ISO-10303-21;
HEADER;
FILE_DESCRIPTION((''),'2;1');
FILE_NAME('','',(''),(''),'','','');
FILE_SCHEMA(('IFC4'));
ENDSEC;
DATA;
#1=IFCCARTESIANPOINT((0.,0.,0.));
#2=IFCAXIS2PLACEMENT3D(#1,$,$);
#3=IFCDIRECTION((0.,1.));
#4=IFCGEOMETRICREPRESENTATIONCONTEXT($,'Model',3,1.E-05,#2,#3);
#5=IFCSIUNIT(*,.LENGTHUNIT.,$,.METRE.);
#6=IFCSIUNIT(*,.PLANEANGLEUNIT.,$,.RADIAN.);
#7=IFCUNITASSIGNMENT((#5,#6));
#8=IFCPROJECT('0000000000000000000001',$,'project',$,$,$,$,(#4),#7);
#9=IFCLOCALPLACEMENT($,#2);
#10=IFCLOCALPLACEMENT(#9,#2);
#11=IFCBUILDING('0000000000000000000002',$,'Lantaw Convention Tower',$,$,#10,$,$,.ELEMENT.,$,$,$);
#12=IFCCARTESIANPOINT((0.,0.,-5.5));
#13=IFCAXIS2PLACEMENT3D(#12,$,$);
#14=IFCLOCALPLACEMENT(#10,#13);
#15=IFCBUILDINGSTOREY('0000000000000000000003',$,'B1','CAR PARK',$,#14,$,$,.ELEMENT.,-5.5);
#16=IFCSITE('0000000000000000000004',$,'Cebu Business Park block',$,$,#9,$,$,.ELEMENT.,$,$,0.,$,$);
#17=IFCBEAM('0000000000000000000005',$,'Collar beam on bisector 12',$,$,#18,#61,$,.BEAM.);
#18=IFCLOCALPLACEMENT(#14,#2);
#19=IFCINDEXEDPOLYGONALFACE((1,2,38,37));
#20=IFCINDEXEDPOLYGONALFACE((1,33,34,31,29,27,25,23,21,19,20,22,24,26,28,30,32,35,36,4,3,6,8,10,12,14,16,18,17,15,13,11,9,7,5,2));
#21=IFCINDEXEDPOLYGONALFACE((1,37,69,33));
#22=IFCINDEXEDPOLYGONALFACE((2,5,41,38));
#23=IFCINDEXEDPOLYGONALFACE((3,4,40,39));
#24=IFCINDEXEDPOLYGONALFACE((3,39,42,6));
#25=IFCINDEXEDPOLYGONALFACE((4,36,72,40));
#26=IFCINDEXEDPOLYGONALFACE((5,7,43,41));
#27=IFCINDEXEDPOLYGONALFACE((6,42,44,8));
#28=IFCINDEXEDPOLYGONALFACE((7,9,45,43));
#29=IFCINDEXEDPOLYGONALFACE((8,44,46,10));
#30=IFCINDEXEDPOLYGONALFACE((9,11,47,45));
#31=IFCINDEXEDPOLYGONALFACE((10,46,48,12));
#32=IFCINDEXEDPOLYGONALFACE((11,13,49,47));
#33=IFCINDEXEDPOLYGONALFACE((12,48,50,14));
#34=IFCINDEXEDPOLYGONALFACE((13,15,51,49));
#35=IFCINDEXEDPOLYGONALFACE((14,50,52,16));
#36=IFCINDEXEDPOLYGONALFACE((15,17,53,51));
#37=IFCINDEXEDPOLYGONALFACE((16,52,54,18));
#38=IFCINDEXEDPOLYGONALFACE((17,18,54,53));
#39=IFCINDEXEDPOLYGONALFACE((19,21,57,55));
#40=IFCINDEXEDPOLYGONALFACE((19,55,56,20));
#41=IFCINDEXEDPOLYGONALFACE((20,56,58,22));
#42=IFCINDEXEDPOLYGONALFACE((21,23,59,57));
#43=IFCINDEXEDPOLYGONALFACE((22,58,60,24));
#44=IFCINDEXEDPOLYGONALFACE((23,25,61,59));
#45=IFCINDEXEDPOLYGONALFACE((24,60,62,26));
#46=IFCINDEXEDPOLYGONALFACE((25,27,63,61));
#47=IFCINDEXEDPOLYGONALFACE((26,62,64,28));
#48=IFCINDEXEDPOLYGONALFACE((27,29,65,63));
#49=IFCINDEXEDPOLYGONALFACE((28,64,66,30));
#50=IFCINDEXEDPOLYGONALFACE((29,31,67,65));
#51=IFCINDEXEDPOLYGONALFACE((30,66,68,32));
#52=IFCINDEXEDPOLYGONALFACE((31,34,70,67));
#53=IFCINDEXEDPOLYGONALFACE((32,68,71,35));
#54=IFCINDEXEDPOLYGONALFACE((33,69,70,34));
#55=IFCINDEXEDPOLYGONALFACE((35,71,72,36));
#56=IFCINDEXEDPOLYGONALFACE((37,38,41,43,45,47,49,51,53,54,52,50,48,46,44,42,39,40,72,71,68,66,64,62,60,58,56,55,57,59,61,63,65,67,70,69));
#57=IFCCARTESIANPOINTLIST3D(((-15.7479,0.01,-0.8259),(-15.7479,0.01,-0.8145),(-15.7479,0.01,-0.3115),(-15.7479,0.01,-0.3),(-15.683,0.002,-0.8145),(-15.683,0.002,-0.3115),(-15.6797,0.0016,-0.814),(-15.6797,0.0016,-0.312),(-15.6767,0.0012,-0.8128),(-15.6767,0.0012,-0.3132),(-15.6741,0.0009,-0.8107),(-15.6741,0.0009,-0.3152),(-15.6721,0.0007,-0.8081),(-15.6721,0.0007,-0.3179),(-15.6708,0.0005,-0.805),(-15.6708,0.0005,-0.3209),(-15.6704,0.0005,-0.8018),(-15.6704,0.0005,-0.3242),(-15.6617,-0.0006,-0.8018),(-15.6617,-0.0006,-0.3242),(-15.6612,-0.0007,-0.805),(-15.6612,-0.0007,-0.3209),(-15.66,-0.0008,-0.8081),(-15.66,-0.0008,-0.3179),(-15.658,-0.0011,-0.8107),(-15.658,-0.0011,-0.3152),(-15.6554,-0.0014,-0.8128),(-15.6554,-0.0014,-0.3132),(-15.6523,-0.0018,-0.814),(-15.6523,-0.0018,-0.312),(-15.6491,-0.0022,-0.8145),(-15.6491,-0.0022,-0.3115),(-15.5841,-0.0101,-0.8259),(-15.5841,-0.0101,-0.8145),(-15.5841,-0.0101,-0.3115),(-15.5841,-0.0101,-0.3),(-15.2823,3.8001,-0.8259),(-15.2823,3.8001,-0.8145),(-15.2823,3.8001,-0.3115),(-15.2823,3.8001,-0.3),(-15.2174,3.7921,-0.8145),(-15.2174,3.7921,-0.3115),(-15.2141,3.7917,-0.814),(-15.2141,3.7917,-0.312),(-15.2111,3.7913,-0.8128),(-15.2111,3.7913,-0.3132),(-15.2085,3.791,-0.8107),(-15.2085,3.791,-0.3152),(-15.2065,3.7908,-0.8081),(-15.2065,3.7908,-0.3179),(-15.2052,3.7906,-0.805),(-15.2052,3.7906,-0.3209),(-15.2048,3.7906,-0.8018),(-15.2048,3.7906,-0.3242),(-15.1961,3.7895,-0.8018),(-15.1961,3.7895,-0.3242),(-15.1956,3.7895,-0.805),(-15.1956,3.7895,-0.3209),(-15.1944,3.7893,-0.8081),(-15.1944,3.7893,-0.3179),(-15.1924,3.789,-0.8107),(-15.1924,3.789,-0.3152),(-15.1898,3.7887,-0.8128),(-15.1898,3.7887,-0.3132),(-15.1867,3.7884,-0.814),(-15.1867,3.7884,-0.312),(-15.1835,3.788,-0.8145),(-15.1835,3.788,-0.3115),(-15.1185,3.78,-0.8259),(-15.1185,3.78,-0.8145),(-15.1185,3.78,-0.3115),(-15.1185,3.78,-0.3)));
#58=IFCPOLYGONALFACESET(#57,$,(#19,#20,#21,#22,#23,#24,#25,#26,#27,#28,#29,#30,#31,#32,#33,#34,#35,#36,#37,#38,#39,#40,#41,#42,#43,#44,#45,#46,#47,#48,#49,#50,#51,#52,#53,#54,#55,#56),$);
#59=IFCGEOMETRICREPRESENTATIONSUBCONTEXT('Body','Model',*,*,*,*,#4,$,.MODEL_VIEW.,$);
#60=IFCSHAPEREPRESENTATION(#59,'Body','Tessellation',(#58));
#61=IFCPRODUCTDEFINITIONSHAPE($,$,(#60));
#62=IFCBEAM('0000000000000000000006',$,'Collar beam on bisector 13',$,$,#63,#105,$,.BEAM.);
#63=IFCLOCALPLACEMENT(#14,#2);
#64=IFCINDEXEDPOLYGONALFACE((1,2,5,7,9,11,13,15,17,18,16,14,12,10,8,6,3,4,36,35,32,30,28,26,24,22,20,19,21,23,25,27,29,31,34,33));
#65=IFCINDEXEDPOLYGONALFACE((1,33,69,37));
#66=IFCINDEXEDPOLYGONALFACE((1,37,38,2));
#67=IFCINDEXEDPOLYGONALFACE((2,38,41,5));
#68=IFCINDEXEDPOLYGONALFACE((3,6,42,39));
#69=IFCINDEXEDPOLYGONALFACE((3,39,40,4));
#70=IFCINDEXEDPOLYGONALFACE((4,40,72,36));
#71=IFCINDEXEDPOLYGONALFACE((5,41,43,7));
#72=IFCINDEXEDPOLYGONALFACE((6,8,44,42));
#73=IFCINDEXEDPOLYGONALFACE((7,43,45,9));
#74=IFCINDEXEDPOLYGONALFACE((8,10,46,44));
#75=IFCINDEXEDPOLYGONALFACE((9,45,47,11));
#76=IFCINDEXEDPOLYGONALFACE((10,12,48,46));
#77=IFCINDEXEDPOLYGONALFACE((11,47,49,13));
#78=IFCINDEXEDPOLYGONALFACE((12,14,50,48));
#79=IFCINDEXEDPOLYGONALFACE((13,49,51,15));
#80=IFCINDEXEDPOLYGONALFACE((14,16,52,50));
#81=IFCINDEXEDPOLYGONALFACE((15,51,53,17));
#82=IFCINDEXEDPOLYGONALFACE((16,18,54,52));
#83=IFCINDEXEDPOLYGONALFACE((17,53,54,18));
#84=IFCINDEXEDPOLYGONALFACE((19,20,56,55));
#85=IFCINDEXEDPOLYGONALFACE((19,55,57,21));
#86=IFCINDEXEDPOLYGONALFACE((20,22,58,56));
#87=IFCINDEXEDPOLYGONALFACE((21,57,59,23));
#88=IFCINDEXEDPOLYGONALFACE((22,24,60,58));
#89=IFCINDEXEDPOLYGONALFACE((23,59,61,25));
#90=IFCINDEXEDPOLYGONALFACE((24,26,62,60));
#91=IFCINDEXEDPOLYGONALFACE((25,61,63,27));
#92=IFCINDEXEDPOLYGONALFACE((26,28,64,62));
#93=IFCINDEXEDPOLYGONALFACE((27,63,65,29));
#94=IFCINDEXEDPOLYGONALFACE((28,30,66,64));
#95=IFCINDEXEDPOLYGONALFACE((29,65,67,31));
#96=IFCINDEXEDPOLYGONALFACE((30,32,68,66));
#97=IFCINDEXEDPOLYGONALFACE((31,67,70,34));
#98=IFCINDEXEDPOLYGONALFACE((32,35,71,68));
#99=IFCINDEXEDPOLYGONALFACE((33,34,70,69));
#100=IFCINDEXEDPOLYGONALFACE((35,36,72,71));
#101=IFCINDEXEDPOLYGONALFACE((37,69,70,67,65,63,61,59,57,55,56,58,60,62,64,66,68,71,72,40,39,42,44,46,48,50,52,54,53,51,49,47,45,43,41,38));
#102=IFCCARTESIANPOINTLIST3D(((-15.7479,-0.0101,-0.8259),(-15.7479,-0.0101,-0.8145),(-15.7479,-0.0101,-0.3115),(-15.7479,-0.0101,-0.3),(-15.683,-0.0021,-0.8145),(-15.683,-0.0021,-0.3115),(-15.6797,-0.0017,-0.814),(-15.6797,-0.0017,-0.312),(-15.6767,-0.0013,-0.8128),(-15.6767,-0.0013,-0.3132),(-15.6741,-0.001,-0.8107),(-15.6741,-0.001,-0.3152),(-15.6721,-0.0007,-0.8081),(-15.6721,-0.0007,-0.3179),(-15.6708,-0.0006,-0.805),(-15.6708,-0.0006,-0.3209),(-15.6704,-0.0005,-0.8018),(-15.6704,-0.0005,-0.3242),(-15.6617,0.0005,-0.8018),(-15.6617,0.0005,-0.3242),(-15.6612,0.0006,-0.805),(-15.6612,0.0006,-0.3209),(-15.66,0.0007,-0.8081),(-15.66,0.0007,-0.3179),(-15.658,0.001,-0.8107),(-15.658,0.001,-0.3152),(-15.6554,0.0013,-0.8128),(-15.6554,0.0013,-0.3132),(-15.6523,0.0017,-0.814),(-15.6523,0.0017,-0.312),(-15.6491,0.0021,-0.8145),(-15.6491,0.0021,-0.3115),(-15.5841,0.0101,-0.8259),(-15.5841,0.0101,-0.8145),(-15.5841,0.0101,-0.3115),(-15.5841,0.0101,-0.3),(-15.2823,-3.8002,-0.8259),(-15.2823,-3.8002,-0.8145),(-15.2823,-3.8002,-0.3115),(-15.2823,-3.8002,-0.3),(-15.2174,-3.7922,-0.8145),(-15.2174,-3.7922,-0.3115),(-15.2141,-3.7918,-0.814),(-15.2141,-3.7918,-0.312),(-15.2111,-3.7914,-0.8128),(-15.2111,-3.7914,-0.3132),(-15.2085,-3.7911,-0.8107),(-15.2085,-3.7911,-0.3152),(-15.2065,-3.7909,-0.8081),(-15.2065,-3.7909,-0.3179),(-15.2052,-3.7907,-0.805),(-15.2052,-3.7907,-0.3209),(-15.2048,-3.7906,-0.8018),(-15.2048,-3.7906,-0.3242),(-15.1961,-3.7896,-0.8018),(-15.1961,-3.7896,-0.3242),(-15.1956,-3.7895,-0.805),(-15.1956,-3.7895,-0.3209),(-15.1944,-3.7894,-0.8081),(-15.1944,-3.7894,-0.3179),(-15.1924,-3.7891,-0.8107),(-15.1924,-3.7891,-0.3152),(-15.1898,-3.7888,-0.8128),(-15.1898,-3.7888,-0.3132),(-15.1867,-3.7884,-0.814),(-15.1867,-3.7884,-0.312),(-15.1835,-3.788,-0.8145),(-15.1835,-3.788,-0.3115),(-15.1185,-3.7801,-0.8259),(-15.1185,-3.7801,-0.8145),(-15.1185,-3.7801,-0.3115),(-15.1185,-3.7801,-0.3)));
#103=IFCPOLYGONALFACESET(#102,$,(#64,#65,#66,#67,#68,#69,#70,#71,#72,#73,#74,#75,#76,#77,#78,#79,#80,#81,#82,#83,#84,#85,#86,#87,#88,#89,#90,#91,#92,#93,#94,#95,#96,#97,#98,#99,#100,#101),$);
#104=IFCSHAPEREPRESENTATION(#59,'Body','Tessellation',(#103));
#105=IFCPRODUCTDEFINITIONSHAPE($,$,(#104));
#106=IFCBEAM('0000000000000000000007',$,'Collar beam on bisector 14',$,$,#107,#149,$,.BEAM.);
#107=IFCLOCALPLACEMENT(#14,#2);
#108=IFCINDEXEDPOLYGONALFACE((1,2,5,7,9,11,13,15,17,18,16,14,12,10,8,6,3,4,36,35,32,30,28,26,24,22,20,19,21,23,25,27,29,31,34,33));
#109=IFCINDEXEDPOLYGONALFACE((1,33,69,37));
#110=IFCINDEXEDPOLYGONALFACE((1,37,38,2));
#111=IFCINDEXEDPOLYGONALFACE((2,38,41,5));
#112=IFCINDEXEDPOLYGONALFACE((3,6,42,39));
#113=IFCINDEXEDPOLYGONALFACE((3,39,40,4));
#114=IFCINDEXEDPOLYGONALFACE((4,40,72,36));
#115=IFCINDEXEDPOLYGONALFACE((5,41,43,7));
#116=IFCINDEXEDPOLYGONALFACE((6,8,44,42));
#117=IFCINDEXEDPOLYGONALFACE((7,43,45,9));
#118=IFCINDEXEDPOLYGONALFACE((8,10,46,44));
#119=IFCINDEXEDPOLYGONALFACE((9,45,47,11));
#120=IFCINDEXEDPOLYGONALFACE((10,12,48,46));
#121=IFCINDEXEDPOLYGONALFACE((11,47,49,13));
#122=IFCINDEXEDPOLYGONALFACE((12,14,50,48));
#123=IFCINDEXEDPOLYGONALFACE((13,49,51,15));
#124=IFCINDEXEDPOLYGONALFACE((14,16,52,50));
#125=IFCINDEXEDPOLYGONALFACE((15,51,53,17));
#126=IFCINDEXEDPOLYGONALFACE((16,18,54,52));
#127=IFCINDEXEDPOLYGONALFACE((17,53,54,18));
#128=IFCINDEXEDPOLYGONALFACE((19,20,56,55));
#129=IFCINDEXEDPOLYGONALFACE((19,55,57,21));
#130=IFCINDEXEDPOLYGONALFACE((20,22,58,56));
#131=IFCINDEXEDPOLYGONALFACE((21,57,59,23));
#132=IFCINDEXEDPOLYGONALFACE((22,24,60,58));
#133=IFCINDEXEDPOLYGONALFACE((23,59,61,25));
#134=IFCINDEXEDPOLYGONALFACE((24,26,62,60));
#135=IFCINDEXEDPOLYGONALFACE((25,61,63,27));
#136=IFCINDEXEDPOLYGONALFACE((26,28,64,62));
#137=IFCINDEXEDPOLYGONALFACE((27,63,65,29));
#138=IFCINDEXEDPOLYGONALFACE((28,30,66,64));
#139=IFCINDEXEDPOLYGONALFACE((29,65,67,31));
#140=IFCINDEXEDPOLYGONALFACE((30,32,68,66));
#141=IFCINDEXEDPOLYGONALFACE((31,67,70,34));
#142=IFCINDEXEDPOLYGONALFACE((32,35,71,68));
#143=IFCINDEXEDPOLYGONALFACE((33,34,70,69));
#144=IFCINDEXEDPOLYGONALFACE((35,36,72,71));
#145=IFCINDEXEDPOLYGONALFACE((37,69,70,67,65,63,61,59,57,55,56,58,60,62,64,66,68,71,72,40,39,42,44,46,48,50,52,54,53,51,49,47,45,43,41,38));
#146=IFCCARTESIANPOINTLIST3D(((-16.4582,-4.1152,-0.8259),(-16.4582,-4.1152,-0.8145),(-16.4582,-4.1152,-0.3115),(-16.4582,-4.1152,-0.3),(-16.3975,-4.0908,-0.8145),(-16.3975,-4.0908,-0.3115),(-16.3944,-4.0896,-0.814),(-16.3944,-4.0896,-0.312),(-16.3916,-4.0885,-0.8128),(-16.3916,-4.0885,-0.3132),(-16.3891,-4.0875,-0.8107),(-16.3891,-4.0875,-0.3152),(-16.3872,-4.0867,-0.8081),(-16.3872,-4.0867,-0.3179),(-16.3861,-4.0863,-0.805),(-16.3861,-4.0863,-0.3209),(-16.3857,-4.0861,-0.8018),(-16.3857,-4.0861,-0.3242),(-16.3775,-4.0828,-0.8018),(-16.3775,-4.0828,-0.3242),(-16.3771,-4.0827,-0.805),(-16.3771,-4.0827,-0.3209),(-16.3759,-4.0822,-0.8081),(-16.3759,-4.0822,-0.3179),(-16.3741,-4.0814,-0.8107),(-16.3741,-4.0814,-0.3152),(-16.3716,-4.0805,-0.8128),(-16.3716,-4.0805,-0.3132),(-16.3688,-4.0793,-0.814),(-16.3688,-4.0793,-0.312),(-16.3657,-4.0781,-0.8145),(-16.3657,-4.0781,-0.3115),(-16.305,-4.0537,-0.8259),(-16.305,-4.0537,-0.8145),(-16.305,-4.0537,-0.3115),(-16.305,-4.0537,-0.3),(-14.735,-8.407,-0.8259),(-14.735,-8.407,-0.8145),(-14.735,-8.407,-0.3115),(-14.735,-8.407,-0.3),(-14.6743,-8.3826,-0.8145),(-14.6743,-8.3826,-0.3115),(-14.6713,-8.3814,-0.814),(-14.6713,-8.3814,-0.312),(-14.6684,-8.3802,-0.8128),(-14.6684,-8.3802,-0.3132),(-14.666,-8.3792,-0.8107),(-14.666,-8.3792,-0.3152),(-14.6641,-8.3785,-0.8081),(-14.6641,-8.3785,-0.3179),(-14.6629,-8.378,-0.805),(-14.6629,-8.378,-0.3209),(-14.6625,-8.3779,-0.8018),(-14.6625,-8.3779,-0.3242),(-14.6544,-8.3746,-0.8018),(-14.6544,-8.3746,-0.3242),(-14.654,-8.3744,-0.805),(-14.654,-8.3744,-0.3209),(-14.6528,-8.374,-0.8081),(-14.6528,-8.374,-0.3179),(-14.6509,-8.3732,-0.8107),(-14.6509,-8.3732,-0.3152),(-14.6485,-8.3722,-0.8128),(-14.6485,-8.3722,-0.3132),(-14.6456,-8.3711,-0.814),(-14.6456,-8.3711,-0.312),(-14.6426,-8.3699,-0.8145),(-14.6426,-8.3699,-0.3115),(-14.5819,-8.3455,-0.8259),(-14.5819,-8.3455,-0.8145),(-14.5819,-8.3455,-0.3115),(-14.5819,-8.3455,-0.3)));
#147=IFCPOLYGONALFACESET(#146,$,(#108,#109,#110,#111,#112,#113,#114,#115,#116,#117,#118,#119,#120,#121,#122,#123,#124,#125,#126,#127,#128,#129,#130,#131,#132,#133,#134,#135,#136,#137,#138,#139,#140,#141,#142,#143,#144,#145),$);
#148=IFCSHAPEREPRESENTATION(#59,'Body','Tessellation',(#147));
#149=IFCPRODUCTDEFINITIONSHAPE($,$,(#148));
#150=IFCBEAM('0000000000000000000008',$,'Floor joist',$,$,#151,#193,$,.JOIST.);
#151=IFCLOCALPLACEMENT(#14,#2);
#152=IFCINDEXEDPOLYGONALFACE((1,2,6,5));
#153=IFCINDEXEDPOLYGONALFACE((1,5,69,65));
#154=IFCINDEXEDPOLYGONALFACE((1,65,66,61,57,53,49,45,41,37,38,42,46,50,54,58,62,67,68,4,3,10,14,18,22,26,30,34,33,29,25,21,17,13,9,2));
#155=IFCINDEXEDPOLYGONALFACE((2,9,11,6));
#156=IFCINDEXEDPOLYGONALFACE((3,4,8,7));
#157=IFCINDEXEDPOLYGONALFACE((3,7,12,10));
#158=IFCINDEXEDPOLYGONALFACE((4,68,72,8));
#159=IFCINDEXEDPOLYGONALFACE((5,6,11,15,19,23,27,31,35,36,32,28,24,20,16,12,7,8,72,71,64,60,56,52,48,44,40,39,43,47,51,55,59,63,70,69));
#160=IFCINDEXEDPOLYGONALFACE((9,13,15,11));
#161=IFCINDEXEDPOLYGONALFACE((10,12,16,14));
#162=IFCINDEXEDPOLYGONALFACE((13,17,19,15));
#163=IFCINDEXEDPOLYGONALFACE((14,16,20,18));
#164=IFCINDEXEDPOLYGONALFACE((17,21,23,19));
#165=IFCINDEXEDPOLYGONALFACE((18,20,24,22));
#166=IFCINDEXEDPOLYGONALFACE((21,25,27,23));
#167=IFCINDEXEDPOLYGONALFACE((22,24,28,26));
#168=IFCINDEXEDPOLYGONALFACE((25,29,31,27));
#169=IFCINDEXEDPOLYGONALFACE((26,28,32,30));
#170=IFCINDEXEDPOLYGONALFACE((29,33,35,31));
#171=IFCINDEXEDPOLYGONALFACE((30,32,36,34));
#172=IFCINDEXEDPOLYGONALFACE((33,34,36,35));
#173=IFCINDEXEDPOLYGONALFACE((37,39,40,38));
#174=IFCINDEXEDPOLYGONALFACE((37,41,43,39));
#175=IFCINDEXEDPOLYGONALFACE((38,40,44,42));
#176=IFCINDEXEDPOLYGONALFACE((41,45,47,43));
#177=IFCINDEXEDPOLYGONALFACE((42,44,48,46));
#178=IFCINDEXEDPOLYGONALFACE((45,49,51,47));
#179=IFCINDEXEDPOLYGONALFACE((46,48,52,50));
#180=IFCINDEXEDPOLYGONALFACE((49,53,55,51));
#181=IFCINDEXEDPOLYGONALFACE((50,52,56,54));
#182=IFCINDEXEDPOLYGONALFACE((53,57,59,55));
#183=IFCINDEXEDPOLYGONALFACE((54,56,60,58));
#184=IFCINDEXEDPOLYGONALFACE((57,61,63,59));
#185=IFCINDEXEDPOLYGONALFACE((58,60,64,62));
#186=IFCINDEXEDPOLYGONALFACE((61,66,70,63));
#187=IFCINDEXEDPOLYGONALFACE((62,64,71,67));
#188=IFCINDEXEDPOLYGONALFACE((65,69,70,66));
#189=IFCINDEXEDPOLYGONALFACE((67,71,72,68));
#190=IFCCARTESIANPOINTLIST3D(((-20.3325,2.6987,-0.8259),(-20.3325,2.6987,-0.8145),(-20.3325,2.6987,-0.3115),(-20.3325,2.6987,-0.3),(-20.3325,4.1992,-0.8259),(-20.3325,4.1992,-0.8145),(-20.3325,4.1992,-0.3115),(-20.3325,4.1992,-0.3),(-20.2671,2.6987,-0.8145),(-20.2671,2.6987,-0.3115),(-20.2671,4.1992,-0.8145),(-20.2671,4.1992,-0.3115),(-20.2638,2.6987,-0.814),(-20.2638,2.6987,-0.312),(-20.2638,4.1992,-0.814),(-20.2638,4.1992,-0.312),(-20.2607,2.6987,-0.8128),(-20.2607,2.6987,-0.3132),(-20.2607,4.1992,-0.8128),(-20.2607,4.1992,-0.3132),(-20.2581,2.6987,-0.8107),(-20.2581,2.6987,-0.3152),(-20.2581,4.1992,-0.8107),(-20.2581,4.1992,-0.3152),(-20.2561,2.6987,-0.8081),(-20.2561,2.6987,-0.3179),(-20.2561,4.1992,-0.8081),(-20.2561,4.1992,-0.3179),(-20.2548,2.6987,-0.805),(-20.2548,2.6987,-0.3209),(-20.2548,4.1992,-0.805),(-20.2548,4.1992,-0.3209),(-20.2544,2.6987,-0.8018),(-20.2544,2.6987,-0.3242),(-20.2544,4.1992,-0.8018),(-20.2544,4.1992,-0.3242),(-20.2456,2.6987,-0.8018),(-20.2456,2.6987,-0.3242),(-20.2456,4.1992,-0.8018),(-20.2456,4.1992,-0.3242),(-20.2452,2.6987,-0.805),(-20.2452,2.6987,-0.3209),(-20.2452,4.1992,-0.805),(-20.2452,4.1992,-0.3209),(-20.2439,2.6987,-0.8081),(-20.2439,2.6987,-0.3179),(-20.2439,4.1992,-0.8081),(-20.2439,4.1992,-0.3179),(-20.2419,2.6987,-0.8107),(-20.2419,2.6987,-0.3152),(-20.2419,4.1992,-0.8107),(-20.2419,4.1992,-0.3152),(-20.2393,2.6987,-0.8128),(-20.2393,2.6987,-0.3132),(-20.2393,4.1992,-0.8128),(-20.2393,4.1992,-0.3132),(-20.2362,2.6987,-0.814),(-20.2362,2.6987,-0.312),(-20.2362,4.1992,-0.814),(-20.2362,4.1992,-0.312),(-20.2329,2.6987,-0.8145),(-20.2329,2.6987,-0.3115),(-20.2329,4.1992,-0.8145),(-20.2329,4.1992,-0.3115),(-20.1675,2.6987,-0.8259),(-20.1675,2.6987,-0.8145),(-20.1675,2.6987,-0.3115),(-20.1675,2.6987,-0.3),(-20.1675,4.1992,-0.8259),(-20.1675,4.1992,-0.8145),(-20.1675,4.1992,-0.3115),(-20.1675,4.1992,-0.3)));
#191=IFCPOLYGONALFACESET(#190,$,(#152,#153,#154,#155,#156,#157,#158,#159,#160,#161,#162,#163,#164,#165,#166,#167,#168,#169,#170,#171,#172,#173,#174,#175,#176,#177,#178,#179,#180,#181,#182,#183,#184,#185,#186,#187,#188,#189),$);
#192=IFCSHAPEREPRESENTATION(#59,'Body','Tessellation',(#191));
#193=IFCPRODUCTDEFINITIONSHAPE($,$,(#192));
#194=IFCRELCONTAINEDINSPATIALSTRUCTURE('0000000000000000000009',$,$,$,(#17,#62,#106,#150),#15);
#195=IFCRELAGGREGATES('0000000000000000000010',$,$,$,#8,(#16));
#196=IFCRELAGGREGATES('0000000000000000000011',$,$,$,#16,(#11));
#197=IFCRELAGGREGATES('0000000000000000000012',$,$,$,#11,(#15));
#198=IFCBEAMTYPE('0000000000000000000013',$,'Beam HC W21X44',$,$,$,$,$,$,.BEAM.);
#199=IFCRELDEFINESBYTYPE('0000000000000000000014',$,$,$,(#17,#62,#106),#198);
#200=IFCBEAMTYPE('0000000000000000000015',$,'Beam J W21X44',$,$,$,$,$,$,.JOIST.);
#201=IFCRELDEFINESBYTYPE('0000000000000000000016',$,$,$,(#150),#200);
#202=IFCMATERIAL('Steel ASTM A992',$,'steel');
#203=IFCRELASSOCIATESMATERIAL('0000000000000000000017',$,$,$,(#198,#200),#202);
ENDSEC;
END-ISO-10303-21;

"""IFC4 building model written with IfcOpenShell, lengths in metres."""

from ifc_helpers import new_model, si_unit, direction, frame, origin, origin_2d, place, context, subcontext, project, spatial, i_section, extrude, material, material_profile, profile_set, type_object, element, save


model = new_model("IFC4")

# Units and contexts
model_context = context("Model", 3, precision=1e-05, world=origin(), true_north=direction((0.0, 1.0)))
body_context = subcontext(model_context, "Body", "Model", "MODEL_VIEW")
ifc_project = project(units=[si_unit("LENGTHUNIT", "METRE"), si_unit("PLANEANGLEUNIT", "RADIAN")], contexts=[model_context])

# Site, building, storey
site_placement = place(None, origin())
site = spatial("IfcSite", under=ifc_project, at=site_placement, Name="Cebu Business Park block", CompositionType="ELEMENT", RefElevation=0.0)
building_placement = place(site_placement, origin())
building = spatial("IfcBuilding", under=site, at=building_placement, Name="Lantaw Convention Tower", CompositionType="ELEMENT")
storey_placement = place(building_placement, frame((0.0, 0.0, -5.5)))
storey = spatial("IfcBuildingStorey", under=building, at=storey_placement, Name="B1", Description="CAR PARK", CompositionType="ELEMENT", Elevation=-5.5)

# Beams
ifc_material_1 = material(Name="Steel ASTM A992", Category="steel")
ifc_material_profile_1 = material_profile(ifc_material_1, i_section(OverallWidth=0.165, OverallDepth=0.5259, WebThickness=0.0088, FlangeThickness=0.0115, FilletRadius=0.0127, at=origin_2d()), Name="W21X44")
ifc_profile_set_1 = profile_set([ifc_material_profile_1], Name="Steel ASTM A992")
beam_type_1 = type_object("IfcBeamType", Name="Beam HC W21X44", PredefinedType="BEAM", material=ifc_profile_set_1)
for number, where, z_axis, x_axis, name in (
    (1, (-15.2004, 3.79, -0.563), (-0.121926, -0.992539, 0.0), (0.992539, -0.121926, 0.0), "Collar beam on bisector 12"),
    (2, (-15.666, 0.0, -0.563), (0.121926, -0.992539, 0.0), (0.992539, 0.121926, 0.0), "Collar beam on bisector 13"),
):
    element("IfcBeam", number, at=place(storey_placement, frame(where, z_axis=z_axis, x_axis=x_axis)), inside=storey, type_object=beam_type_1, Name=name, PredefinedType="BEAM", context=body_context, shape_type="SweptSolid", body=[
        extrude(i_section(OverallWidth=0.165, OverallDepth=0.5259, WebThickness=0.0088, FlangeThickness=0.0115, FilletRadius=0.0127, at=origin_2d()), origin(), (0.0, 0.0, 1.0), 3.8186),
    ])
beam_1_placement = place(storey_placement, frame((-16.3816, -4.0845, -0.563), z_axis=(0.372592, -0.927995, 0.0), x_axis=(0.927995, 0.372592, 0.0)))
element("IfcBeam", 3, at=beam_1_placement, inside=storey, type_object=beam_type_1, Name="Collar beam on bisector 14", PredefinedType="BEAM", context=body_context, shape_type="SweptSolid", body=[
    extrude(i_section(OverallWidth=0.165, OverallDepth=0.5259, WebThickness=0.0088, FlangeThickness=0.0115, FilletRadius=0.0127, at=origin_2d()), origin(), (0.0, 0.0, 1.0), 4.6248),
])
ifc_material_profile_2 = material_profile(ifc_material_1, i_section(OverallWidth=0.165, OverallDepth=0.5259, WebThickness=0.0088, FlangeThickness=0.0115, FilletRadius=0.0127, at=origin_2d()), Name="W21X44")
ifc_profile_set_2 = profile_set([ifc_material_profile_2], Name="Steel ASTM A992")
beam_type_2 = type_object("IfcBeamType", Name="Beam J W21X44", PredefinedType="JOIST", material=ifc_profile_set_2)
beam_2_placement = place(storey_placement, frame((-20.25, 2.6987, -0.563), z_axis=(0.0, 1.0, 0.0), x_axis=(-1.0, 0.0, 0.0)))
element("IfcBeam", 4, at=beam_2_placement, inside=storey, type_object=beam_type_2, Name="Floor joist", PredefinedType="JOIST", context=body_context, shape_type="SweptSolid", body=[
    extrude(i_section(OverallWidth=0.165, OverallDepth=0.5259, WebThickness=0.0088, FlangeThickness=0.0115, FilletRadius=0.0127, at=origin_2d()), origin(), (0.0, 0.0, 1.0), 1.5005),
])

save(model, "model.ifc")
